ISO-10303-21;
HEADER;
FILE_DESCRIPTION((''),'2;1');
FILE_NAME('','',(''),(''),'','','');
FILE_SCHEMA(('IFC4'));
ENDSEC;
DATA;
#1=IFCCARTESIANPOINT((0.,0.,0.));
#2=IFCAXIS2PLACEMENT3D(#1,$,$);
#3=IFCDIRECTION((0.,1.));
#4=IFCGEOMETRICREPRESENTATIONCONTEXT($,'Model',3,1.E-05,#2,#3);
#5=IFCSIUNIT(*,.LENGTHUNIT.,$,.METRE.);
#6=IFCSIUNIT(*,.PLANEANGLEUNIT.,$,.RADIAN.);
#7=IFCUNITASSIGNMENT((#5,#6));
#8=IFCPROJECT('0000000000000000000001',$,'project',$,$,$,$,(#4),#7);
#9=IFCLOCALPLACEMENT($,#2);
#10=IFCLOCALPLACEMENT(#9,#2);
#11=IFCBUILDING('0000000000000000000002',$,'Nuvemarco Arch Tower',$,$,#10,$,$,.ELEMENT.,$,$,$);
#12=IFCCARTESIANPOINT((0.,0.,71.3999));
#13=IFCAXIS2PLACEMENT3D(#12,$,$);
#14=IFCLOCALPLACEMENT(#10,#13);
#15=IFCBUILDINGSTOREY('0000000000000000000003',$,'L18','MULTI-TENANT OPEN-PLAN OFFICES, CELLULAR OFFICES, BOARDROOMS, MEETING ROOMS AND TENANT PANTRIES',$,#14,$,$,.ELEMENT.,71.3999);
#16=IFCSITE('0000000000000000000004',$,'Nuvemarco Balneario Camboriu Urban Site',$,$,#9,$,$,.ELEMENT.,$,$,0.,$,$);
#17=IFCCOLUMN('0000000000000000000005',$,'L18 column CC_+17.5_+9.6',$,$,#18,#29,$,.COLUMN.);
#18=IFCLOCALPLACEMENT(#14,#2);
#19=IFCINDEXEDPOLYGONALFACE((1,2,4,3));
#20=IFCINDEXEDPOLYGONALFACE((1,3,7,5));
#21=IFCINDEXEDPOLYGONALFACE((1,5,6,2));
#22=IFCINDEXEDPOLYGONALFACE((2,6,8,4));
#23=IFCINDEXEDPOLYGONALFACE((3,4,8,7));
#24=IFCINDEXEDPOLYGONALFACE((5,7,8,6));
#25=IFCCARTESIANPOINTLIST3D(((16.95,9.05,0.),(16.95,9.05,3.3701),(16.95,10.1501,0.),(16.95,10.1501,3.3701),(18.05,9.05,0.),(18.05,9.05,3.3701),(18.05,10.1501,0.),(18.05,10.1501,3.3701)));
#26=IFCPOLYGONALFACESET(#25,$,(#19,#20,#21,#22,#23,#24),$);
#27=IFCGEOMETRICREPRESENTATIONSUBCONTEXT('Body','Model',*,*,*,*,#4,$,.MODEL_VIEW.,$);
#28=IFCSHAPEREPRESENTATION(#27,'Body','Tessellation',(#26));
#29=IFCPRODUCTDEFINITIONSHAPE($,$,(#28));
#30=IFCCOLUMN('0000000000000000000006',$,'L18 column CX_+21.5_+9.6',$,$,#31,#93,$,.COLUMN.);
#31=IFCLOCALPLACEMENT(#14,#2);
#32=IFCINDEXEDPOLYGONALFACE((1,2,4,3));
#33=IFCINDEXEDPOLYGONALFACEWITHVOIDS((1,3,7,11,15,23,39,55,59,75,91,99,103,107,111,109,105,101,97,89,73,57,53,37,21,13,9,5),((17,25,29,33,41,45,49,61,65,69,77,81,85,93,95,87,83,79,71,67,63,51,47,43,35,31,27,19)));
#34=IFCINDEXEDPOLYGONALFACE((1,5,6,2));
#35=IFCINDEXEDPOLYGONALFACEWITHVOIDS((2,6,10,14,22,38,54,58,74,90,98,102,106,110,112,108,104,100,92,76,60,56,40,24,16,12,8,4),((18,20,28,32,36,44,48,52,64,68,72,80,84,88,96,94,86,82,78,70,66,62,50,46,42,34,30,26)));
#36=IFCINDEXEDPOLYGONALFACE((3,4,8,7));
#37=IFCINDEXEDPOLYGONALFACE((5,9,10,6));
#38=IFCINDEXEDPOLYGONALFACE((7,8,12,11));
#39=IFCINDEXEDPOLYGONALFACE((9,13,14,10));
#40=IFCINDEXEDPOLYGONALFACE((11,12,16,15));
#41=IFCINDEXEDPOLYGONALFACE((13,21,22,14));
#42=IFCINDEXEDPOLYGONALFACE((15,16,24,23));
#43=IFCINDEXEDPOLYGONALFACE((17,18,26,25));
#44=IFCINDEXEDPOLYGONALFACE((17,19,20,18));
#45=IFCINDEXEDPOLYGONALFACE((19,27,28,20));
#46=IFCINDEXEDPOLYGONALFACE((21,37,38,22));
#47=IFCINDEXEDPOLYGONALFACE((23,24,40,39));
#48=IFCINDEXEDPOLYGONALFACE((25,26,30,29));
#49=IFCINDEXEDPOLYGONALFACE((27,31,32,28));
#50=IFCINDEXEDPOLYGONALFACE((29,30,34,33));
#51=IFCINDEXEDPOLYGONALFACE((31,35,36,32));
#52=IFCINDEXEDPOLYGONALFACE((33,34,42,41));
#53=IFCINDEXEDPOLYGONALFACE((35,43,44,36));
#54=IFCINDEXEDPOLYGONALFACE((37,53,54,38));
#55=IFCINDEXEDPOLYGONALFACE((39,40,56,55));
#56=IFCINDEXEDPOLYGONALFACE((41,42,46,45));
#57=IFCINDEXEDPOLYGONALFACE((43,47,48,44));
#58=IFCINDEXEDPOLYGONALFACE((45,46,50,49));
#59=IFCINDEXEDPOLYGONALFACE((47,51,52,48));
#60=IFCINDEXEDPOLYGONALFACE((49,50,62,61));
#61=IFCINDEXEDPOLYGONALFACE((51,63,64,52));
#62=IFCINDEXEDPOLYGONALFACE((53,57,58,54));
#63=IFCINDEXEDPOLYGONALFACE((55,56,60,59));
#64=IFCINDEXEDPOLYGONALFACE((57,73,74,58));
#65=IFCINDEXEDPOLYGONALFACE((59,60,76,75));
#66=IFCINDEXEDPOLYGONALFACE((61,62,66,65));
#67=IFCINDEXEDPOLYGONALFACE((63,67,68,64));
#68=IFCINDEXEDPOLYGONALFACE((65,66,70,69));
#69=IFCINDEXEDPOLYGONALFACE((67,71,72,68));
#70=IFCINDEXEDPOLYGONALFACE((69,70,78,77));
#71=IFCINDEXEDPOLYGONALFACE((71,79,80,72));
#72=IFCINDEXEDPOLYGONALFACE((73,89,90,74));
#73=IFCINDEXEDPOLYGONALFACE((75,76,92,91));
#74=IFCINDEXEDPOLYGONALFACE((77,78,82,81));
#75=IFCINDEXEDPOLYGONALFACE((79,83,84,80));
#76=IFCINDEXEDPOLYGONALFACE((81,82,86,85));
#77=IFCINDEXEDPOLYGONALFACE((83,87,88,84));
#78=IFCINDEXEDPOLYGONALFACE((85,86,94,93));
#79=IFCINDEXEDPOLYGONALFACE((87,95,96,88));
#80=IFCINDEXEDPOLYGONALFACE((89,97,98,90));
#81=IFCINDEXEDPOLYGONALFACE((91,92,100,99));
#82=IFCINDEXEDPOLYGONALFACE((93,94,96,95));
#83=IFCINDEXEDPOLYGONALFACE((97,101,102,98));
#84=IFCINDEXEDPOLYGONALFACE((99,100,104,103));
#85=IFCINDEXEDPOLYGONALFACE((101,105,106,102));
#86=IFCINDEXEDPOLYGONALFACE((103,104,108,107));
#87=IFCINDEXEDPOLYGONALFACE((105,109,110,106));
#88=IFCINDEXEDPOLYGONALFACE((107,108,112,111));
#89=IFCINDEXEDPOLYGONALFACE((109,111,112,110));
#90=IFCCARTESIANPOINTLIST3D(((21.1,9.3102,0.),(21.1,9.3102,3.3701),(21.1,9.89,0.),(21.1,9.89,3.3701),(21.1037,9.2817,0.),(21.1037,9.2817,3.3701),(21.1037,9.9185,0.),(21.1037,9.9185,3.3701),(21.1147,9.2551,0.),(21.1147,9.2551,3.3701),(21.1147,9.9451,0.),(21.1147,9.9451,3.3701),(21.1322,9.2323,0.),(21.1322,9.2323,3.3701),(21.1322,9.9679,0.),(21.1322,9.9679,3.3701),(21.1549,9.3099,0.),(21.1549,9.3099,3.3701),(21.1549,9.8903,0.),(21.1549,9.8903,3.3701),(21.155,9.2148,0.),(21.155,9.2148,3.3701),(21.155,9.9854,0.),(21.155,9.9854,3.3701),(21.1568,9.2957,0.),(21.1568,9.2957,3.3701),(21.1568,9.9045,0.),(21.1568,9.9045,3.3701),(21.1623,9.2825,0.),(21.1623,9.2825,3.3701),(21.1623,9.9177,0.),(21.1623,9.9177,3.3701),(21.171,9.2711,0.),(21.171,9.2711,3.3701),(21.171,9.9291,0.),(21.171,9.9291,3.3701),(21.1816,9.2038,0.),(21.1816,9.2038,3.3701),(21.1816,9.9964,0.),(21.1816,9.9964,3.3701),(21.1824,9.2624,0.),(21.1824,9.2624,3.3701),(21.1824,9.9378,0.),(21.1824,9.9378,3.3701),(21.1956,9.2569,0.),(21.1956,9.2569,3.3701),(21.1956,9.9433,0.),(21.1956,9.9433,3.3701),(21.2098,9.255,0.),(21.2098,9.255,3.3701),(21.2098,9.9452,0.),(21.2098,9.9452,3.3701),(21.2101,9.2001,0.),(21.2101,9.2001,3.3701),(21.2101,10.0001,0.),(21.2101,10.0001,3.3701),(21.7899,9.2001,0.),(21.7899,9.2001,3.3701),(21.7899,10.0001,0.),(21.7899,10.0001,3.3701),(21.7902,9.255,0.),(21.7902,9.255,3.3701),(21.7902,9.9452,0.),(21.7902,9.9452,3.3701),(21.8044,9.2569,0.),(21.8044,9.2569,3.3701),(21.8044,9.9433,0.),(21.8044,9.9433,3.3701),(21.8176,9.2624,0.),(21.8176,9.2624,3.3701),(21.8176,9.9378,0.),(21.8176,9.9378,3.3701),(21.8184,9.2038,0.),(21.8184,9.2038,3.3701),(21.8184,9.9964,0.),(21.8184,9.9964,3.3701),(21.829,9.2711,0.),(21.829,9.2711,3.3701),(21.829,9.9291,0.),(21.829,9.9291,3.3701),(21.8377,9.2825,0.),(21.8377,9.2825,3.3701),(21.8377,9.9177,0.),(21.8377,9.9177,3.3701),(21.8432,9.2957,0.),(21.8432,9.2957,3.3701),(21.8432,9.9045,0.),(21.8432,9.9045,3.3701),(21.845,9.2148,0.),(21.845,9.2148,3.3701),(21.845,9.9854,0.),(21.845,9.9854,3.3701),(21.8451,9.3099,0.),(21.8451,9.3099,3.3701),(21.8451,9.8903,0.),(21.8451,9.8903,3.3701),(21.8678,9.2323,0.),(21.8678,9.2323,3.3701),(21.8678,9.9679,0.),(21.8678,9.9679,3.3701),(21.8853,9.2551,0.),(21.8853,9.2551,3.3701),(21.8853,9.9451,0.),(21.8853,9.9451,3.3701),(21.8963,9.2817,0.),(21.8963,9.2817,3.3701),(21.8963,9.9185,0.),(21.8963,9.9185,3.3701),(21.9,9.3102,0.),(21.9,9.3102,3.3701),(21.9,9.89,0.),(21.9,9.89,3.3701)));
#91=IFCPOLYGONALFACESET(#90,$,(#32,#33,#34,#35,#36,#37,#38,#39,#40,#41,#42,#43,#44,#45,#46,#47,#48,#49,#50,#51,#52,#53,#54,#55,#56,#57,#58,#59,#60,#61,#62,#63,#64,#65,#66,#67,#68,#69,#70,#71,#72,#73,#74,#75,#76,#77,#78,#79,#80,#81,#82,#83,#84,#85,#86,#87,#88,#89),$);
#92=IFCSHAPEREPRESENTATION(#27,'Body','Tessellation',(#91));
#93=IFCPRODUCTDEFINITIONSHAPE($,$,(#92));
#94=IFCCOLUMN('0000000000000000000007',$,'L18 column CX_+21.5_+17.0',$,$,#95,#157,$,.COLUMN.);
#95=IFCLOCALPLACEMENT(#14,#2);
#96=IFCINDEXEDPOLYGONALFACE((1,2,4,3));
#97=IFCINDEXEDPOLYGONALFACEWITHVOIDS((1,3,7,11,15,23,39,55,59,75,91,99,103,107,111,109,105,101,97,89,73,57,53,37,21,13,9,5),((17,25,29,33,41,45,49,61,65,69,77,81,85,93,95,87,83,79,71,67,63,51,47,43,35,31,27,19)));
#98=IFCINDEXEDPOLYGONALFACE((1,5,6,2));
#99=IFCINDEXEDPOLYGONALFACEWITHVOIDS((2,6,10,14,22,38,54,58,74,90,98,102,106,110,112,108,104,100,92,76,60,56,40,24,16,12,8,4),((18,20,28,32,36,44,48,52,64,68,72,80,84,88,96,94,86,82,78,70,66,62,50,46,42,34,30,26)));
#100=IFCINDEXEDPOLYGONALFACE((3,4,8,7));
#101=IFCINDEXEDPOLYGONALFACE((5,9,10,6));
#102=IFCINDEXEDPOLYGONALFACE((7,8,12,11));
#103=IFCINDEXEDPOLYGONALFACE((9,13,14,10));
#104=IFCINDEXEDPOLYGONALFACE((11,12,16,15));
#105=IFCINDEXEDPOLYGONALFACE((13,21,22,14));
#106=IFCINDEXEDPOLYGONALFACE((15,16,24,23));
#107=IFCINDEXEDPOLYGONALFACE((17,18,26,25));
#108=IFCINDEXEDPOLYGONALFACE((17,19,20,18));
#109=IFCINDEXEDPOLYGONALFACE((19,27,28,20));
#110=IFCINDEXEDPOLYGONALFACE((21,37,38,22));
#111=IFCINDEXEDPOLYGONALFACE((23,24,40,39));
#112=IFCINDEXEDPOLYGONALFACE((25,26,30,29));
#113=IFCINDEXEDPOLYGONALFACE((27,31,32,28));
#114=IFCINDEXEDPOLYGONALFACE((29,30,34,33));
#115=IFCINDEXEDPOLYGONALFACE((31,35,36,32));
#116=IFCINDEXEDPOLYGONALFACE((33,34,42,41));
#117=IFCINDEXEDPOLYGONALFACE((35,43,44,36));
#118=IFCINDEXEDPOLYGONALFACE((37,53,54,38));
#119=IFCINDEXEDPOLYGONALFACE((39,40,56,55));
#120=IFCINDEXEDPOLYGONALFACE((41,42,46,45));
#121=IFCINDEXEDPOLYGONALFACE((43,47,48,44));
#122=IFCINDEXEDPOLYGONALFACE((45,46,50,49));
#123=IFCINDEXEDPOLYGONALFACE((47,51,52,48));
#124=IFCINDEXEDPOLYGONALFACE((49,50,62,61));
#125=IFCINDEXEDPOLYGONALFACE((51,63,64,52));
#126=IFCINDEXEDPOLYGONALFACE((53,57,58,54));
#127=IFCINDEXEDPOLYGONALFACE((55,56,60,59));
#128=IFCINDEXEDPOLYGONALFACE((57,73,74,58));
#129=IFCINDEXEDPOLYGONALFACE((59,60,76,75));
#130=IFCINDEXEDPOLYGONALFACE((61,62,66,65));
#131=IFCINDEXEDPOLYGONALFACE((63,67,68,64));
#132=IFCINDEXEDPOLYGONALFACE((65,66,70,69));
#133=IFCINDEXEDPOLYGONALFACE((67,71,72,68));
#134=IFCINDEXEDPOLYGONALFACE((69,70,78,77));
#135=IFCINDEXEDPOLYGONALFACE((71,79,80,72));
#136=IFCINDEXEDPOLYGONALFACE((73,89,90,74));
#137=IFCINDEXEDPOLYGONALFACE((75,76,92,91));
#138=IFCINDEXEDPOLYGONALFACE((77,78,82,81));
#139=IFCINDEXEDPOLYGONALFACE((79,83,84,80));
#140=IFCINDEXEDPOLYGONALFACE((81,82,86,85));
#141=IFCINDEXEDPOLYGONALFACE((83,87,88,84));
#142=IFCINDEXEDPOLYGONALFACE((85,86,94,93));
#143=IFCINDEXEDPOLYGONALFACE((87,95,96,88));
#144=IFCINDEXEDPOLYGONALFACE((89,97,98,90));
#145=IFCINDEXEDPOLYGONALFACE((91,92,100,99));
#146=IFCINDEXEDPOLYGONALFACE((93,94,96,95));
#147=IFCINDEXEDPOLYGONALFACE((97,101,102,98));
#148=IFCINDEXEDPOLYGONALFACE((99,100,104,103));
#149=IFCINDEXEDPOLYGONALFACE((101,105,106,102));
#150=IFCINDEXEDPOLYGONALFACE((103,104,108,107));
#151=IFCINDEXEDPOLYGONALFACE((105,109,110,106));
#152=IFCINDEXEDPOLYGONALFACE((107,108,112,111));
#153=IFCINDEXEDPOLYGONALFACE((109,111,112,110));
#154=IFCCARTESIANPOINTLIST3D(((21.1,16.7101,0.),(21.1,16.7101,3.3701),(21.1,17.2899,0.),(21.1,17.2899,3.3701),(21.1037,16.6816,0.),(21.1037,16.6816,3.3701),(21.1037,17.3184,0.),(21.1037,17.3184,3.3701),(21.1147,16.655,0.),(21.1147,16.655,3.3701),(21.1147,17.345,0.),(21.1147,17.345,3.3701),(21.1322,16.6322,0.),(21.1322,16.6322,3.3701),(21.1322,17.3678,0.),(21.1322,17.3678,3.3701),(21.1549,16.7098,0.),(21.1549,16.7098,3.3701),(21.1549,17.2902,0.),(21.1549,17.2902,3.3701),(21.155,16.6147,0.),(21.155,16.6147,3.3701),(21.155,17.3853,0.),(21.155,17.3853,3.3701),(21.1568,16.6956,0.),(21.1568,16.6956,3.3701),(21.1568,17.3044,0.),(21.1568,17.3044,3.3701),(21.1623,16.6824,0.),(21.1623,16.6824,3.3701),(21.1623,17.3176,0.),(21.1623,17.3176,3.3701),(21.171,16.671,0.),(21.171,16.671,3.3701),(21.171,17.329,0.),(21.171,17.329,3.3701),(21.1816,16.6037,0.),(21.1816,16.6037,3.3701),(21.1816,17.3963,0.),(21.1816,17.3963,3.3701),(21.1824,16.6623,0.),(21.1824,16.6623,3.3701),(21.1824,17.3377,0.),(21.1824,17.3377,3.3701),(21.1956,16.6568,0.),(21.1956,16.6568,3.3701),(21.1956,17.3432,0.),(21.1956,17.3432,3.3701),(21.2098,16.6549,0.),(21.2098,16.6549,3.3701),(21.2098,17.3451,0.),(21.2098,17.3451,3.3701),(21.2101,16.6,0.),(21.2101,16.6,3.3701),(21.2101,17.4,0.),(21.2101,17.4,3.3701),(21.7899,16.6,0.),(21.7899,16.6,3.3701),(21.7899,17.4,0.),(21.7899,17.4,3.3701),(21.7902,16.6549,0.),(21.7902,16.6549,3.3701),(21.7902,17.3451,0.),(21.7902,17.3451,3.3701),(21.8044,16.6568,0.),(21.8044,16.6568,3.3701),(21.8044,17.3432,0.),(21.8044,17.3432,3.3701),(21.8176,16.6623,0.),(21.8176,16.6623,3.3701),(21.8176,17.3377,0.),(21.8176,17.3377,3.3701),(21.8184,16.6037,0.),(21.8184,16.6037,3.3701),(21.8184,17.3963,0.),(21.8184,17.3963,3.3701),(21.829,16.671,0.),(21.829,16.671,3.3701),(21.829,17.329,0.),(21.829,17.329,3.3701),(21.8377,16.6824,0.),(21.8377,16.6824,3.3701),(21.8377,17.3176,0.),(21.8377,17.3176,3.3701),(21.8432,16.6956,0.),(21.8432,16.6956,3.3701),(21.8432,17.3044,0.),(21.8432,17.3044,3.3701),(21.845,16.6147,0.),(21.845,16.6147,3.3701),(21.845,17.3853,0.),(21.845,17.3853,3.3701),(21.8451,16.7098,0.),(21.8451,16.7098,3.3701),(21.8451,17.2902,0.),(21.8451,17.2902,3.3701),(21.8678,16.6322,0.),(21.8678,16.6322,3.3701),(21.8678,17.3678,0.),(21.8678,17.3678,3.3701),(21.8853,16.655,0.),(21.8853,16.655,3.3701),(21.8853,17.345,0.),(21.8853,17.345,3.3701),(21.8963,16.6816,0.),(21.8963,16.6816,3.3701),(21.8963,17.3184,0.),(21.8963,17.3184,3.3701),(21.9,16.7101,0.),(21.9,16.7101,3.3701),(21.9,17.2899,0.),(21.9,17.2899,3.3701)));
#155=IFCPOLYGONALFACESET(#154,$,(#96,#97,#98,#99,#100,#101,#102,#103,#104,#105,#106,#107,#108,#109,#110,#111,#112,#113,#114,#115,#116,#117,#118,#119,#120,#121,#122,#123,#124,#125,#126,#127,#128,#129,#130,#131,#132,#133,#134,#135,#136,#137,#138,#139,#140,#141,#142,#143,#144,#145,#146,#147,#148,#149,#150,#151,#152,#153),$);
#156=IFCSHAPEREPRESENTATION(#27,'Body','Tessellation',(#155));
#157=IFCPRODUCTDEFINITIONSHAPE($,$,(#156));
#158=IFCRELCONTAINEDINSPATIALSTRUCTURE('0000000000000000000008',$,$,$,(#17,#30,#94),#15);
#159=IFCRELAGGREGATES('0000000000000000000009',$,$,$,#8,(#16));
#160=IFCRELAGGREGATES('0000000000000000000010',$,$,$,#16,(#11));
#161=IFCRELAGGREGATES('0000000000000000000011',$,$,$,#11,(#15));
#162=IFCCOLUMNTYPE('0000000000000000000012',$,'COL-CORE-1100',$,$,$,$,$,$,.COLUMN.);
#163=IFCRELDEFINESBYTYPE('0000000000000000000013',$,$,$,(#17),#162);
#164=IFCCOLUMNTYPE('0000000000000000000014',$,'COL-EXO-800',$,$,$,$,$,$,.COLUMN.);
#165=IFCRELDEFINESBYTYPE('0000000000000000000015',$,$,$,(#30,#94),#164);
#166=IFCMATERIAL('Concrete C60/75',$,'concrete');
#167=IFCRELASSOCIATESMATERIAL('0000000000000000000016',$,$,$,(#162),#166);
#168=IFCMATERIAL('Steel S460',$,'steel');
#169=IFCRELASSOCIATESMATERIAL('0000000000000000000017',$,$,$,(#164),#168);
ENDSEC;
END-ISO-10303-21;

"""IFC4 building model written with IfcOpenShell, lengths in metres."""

from ifc_helpers import new_model, si_unit, direction, frame, origin, origin_2d, place, context, subcontext, project, spatial, rectangle, hollow_rectangle, extrude, material, material_profile, profile_set, type_object, element, save


model = new_model("IFC4")

# Units and contexts
model_context = context("Model", 3, precision=1e-05, world=origin(), true_north=direction((0.0, 1.0)))
body_context = subcontext(model_context, "Body", "Model", "MODEL_VIEW")
ifc_project = project(units=[si_unit("LENGTHUNIT", "METRE"), si_unit("PLANEANGLEUNIT", "RADIAN")], contexts=[model_context])

# Site, building, storey
site_placement = place(None, origin())
site = spatial("IfcSite", under=ifc_project, at=site_placement, Name="Nuvemarco Balneario Camboriu Urban Site", CompositionType="ELEMENT", RefElevation=0.0)
building_placement = place(site_placement, origin())
building = spatial("IfcBuilding", under=site, at=building_placement, Name="Nuvemarco Arch Tower", CompositionType="ELEMENT")
storey_placement = place(building_placement, frame((0.0, 0.0, 71.3999)))
storey = spatial("IfcBuildingStorey", under=building, at=storey_placement, Name="L18", Description="MULTI-TENANT OPEN-PLAN OFFICES, CELLULAR OFFICES, BOARDROOMS, MEETING ROOMS AND TENANT PANTRIES", CompositionType="ELEMENT", Elevation=71.3999)

# Columns
ifc_material_1 = material(Name="Concrete C60/75", Category="concrete")
ifc_material_profile_1 = material_profile(ifc_material_1, rectangle(XDim=1.1001, YDim=1.1001, at=origin_2d()), Name="RC-COL-1100x1100")
ifc_profile_set_1 = profile_set([ifc_material_profile_1], Name="Concrete C60/75")
column_type_1 = type_object("IfcColumnType", Name="COL-CORE-1100", PredefinedType="COLUMN", material=ifc_profile_set_1)
column_1_placement = place(storey_placement, frame((17.5, 9.6001, 0.0), z_axis=(0.0, 0.0, 1.0), x_axis=(1.0, 0.0, 0.0)))
element("IfcColumn", 1, at=column_1_placement, inside=storey, type_object=column_type_1, Name="L18 column CC_+17.5_+9.6", PredefinedType="COLUMN", context=body_context, shape_type="SweptSolid", body=[
    extrude(rectangle(XDim=1.1001, YDim=1.1001, at=origin_2d()), origin(), (0.0, 0.0, 1.0), 3.3701),
])
ifc_material_2 = material(Name="Steel S460", Category="steel")
ifc_material_profile_2 = material_profile(ifc_material_2, hollow_rectangle(XDim=0.8, YDim=0.8, WallThickness=0.0549, InnerFilletRadius=0.0549, OuterFilletRadius=0.1101, at=origin_2d()), Name="SHS800x800x55")
ifc_profile_set_2 = profile_set([ifc_material_profile_2], Name="Steel S460")
column_type_2 = type_object("IfcColumnType", Name="COL-EXO-800", PredefinedType="COLUMN", material=ifc_profile_set_2)
for number, where, z_axis, x_axis, name in (
    (2, (21.5, 9.6001, 0.0), (0.0, 0.0, 1.0), (1.0, 0.0, 0.0), "L18 column CX_+21.5_+9.6"),
    (3, (21.5, 17.0, 0.0), (0.0, 0.0, 1.0), (1.0, 0.0, 0.0), "L18 column CX_+21.5_+17.0"),
):
    element("IfcColumn", number, at=place(storey_placement, frame(where, z_axis=z_axis, x_axis=x_axis)), inside=storey, type_object=column_type_2, Name=name, PredefinedType="COLUMN", context=body_context, shape_type="SweptSolid", body=[
        extrude(hollow_rectangle(XDim=0.8, YDim=0.8, WallThickness=0.0549, InnerFilletRadius=0.0549, OuterFilletRadius=0.1101, at=origin_2d()), origin(), (0.0, 0.0, 1.0), 3.3701),
    ])

save(model, "model.ifc")
